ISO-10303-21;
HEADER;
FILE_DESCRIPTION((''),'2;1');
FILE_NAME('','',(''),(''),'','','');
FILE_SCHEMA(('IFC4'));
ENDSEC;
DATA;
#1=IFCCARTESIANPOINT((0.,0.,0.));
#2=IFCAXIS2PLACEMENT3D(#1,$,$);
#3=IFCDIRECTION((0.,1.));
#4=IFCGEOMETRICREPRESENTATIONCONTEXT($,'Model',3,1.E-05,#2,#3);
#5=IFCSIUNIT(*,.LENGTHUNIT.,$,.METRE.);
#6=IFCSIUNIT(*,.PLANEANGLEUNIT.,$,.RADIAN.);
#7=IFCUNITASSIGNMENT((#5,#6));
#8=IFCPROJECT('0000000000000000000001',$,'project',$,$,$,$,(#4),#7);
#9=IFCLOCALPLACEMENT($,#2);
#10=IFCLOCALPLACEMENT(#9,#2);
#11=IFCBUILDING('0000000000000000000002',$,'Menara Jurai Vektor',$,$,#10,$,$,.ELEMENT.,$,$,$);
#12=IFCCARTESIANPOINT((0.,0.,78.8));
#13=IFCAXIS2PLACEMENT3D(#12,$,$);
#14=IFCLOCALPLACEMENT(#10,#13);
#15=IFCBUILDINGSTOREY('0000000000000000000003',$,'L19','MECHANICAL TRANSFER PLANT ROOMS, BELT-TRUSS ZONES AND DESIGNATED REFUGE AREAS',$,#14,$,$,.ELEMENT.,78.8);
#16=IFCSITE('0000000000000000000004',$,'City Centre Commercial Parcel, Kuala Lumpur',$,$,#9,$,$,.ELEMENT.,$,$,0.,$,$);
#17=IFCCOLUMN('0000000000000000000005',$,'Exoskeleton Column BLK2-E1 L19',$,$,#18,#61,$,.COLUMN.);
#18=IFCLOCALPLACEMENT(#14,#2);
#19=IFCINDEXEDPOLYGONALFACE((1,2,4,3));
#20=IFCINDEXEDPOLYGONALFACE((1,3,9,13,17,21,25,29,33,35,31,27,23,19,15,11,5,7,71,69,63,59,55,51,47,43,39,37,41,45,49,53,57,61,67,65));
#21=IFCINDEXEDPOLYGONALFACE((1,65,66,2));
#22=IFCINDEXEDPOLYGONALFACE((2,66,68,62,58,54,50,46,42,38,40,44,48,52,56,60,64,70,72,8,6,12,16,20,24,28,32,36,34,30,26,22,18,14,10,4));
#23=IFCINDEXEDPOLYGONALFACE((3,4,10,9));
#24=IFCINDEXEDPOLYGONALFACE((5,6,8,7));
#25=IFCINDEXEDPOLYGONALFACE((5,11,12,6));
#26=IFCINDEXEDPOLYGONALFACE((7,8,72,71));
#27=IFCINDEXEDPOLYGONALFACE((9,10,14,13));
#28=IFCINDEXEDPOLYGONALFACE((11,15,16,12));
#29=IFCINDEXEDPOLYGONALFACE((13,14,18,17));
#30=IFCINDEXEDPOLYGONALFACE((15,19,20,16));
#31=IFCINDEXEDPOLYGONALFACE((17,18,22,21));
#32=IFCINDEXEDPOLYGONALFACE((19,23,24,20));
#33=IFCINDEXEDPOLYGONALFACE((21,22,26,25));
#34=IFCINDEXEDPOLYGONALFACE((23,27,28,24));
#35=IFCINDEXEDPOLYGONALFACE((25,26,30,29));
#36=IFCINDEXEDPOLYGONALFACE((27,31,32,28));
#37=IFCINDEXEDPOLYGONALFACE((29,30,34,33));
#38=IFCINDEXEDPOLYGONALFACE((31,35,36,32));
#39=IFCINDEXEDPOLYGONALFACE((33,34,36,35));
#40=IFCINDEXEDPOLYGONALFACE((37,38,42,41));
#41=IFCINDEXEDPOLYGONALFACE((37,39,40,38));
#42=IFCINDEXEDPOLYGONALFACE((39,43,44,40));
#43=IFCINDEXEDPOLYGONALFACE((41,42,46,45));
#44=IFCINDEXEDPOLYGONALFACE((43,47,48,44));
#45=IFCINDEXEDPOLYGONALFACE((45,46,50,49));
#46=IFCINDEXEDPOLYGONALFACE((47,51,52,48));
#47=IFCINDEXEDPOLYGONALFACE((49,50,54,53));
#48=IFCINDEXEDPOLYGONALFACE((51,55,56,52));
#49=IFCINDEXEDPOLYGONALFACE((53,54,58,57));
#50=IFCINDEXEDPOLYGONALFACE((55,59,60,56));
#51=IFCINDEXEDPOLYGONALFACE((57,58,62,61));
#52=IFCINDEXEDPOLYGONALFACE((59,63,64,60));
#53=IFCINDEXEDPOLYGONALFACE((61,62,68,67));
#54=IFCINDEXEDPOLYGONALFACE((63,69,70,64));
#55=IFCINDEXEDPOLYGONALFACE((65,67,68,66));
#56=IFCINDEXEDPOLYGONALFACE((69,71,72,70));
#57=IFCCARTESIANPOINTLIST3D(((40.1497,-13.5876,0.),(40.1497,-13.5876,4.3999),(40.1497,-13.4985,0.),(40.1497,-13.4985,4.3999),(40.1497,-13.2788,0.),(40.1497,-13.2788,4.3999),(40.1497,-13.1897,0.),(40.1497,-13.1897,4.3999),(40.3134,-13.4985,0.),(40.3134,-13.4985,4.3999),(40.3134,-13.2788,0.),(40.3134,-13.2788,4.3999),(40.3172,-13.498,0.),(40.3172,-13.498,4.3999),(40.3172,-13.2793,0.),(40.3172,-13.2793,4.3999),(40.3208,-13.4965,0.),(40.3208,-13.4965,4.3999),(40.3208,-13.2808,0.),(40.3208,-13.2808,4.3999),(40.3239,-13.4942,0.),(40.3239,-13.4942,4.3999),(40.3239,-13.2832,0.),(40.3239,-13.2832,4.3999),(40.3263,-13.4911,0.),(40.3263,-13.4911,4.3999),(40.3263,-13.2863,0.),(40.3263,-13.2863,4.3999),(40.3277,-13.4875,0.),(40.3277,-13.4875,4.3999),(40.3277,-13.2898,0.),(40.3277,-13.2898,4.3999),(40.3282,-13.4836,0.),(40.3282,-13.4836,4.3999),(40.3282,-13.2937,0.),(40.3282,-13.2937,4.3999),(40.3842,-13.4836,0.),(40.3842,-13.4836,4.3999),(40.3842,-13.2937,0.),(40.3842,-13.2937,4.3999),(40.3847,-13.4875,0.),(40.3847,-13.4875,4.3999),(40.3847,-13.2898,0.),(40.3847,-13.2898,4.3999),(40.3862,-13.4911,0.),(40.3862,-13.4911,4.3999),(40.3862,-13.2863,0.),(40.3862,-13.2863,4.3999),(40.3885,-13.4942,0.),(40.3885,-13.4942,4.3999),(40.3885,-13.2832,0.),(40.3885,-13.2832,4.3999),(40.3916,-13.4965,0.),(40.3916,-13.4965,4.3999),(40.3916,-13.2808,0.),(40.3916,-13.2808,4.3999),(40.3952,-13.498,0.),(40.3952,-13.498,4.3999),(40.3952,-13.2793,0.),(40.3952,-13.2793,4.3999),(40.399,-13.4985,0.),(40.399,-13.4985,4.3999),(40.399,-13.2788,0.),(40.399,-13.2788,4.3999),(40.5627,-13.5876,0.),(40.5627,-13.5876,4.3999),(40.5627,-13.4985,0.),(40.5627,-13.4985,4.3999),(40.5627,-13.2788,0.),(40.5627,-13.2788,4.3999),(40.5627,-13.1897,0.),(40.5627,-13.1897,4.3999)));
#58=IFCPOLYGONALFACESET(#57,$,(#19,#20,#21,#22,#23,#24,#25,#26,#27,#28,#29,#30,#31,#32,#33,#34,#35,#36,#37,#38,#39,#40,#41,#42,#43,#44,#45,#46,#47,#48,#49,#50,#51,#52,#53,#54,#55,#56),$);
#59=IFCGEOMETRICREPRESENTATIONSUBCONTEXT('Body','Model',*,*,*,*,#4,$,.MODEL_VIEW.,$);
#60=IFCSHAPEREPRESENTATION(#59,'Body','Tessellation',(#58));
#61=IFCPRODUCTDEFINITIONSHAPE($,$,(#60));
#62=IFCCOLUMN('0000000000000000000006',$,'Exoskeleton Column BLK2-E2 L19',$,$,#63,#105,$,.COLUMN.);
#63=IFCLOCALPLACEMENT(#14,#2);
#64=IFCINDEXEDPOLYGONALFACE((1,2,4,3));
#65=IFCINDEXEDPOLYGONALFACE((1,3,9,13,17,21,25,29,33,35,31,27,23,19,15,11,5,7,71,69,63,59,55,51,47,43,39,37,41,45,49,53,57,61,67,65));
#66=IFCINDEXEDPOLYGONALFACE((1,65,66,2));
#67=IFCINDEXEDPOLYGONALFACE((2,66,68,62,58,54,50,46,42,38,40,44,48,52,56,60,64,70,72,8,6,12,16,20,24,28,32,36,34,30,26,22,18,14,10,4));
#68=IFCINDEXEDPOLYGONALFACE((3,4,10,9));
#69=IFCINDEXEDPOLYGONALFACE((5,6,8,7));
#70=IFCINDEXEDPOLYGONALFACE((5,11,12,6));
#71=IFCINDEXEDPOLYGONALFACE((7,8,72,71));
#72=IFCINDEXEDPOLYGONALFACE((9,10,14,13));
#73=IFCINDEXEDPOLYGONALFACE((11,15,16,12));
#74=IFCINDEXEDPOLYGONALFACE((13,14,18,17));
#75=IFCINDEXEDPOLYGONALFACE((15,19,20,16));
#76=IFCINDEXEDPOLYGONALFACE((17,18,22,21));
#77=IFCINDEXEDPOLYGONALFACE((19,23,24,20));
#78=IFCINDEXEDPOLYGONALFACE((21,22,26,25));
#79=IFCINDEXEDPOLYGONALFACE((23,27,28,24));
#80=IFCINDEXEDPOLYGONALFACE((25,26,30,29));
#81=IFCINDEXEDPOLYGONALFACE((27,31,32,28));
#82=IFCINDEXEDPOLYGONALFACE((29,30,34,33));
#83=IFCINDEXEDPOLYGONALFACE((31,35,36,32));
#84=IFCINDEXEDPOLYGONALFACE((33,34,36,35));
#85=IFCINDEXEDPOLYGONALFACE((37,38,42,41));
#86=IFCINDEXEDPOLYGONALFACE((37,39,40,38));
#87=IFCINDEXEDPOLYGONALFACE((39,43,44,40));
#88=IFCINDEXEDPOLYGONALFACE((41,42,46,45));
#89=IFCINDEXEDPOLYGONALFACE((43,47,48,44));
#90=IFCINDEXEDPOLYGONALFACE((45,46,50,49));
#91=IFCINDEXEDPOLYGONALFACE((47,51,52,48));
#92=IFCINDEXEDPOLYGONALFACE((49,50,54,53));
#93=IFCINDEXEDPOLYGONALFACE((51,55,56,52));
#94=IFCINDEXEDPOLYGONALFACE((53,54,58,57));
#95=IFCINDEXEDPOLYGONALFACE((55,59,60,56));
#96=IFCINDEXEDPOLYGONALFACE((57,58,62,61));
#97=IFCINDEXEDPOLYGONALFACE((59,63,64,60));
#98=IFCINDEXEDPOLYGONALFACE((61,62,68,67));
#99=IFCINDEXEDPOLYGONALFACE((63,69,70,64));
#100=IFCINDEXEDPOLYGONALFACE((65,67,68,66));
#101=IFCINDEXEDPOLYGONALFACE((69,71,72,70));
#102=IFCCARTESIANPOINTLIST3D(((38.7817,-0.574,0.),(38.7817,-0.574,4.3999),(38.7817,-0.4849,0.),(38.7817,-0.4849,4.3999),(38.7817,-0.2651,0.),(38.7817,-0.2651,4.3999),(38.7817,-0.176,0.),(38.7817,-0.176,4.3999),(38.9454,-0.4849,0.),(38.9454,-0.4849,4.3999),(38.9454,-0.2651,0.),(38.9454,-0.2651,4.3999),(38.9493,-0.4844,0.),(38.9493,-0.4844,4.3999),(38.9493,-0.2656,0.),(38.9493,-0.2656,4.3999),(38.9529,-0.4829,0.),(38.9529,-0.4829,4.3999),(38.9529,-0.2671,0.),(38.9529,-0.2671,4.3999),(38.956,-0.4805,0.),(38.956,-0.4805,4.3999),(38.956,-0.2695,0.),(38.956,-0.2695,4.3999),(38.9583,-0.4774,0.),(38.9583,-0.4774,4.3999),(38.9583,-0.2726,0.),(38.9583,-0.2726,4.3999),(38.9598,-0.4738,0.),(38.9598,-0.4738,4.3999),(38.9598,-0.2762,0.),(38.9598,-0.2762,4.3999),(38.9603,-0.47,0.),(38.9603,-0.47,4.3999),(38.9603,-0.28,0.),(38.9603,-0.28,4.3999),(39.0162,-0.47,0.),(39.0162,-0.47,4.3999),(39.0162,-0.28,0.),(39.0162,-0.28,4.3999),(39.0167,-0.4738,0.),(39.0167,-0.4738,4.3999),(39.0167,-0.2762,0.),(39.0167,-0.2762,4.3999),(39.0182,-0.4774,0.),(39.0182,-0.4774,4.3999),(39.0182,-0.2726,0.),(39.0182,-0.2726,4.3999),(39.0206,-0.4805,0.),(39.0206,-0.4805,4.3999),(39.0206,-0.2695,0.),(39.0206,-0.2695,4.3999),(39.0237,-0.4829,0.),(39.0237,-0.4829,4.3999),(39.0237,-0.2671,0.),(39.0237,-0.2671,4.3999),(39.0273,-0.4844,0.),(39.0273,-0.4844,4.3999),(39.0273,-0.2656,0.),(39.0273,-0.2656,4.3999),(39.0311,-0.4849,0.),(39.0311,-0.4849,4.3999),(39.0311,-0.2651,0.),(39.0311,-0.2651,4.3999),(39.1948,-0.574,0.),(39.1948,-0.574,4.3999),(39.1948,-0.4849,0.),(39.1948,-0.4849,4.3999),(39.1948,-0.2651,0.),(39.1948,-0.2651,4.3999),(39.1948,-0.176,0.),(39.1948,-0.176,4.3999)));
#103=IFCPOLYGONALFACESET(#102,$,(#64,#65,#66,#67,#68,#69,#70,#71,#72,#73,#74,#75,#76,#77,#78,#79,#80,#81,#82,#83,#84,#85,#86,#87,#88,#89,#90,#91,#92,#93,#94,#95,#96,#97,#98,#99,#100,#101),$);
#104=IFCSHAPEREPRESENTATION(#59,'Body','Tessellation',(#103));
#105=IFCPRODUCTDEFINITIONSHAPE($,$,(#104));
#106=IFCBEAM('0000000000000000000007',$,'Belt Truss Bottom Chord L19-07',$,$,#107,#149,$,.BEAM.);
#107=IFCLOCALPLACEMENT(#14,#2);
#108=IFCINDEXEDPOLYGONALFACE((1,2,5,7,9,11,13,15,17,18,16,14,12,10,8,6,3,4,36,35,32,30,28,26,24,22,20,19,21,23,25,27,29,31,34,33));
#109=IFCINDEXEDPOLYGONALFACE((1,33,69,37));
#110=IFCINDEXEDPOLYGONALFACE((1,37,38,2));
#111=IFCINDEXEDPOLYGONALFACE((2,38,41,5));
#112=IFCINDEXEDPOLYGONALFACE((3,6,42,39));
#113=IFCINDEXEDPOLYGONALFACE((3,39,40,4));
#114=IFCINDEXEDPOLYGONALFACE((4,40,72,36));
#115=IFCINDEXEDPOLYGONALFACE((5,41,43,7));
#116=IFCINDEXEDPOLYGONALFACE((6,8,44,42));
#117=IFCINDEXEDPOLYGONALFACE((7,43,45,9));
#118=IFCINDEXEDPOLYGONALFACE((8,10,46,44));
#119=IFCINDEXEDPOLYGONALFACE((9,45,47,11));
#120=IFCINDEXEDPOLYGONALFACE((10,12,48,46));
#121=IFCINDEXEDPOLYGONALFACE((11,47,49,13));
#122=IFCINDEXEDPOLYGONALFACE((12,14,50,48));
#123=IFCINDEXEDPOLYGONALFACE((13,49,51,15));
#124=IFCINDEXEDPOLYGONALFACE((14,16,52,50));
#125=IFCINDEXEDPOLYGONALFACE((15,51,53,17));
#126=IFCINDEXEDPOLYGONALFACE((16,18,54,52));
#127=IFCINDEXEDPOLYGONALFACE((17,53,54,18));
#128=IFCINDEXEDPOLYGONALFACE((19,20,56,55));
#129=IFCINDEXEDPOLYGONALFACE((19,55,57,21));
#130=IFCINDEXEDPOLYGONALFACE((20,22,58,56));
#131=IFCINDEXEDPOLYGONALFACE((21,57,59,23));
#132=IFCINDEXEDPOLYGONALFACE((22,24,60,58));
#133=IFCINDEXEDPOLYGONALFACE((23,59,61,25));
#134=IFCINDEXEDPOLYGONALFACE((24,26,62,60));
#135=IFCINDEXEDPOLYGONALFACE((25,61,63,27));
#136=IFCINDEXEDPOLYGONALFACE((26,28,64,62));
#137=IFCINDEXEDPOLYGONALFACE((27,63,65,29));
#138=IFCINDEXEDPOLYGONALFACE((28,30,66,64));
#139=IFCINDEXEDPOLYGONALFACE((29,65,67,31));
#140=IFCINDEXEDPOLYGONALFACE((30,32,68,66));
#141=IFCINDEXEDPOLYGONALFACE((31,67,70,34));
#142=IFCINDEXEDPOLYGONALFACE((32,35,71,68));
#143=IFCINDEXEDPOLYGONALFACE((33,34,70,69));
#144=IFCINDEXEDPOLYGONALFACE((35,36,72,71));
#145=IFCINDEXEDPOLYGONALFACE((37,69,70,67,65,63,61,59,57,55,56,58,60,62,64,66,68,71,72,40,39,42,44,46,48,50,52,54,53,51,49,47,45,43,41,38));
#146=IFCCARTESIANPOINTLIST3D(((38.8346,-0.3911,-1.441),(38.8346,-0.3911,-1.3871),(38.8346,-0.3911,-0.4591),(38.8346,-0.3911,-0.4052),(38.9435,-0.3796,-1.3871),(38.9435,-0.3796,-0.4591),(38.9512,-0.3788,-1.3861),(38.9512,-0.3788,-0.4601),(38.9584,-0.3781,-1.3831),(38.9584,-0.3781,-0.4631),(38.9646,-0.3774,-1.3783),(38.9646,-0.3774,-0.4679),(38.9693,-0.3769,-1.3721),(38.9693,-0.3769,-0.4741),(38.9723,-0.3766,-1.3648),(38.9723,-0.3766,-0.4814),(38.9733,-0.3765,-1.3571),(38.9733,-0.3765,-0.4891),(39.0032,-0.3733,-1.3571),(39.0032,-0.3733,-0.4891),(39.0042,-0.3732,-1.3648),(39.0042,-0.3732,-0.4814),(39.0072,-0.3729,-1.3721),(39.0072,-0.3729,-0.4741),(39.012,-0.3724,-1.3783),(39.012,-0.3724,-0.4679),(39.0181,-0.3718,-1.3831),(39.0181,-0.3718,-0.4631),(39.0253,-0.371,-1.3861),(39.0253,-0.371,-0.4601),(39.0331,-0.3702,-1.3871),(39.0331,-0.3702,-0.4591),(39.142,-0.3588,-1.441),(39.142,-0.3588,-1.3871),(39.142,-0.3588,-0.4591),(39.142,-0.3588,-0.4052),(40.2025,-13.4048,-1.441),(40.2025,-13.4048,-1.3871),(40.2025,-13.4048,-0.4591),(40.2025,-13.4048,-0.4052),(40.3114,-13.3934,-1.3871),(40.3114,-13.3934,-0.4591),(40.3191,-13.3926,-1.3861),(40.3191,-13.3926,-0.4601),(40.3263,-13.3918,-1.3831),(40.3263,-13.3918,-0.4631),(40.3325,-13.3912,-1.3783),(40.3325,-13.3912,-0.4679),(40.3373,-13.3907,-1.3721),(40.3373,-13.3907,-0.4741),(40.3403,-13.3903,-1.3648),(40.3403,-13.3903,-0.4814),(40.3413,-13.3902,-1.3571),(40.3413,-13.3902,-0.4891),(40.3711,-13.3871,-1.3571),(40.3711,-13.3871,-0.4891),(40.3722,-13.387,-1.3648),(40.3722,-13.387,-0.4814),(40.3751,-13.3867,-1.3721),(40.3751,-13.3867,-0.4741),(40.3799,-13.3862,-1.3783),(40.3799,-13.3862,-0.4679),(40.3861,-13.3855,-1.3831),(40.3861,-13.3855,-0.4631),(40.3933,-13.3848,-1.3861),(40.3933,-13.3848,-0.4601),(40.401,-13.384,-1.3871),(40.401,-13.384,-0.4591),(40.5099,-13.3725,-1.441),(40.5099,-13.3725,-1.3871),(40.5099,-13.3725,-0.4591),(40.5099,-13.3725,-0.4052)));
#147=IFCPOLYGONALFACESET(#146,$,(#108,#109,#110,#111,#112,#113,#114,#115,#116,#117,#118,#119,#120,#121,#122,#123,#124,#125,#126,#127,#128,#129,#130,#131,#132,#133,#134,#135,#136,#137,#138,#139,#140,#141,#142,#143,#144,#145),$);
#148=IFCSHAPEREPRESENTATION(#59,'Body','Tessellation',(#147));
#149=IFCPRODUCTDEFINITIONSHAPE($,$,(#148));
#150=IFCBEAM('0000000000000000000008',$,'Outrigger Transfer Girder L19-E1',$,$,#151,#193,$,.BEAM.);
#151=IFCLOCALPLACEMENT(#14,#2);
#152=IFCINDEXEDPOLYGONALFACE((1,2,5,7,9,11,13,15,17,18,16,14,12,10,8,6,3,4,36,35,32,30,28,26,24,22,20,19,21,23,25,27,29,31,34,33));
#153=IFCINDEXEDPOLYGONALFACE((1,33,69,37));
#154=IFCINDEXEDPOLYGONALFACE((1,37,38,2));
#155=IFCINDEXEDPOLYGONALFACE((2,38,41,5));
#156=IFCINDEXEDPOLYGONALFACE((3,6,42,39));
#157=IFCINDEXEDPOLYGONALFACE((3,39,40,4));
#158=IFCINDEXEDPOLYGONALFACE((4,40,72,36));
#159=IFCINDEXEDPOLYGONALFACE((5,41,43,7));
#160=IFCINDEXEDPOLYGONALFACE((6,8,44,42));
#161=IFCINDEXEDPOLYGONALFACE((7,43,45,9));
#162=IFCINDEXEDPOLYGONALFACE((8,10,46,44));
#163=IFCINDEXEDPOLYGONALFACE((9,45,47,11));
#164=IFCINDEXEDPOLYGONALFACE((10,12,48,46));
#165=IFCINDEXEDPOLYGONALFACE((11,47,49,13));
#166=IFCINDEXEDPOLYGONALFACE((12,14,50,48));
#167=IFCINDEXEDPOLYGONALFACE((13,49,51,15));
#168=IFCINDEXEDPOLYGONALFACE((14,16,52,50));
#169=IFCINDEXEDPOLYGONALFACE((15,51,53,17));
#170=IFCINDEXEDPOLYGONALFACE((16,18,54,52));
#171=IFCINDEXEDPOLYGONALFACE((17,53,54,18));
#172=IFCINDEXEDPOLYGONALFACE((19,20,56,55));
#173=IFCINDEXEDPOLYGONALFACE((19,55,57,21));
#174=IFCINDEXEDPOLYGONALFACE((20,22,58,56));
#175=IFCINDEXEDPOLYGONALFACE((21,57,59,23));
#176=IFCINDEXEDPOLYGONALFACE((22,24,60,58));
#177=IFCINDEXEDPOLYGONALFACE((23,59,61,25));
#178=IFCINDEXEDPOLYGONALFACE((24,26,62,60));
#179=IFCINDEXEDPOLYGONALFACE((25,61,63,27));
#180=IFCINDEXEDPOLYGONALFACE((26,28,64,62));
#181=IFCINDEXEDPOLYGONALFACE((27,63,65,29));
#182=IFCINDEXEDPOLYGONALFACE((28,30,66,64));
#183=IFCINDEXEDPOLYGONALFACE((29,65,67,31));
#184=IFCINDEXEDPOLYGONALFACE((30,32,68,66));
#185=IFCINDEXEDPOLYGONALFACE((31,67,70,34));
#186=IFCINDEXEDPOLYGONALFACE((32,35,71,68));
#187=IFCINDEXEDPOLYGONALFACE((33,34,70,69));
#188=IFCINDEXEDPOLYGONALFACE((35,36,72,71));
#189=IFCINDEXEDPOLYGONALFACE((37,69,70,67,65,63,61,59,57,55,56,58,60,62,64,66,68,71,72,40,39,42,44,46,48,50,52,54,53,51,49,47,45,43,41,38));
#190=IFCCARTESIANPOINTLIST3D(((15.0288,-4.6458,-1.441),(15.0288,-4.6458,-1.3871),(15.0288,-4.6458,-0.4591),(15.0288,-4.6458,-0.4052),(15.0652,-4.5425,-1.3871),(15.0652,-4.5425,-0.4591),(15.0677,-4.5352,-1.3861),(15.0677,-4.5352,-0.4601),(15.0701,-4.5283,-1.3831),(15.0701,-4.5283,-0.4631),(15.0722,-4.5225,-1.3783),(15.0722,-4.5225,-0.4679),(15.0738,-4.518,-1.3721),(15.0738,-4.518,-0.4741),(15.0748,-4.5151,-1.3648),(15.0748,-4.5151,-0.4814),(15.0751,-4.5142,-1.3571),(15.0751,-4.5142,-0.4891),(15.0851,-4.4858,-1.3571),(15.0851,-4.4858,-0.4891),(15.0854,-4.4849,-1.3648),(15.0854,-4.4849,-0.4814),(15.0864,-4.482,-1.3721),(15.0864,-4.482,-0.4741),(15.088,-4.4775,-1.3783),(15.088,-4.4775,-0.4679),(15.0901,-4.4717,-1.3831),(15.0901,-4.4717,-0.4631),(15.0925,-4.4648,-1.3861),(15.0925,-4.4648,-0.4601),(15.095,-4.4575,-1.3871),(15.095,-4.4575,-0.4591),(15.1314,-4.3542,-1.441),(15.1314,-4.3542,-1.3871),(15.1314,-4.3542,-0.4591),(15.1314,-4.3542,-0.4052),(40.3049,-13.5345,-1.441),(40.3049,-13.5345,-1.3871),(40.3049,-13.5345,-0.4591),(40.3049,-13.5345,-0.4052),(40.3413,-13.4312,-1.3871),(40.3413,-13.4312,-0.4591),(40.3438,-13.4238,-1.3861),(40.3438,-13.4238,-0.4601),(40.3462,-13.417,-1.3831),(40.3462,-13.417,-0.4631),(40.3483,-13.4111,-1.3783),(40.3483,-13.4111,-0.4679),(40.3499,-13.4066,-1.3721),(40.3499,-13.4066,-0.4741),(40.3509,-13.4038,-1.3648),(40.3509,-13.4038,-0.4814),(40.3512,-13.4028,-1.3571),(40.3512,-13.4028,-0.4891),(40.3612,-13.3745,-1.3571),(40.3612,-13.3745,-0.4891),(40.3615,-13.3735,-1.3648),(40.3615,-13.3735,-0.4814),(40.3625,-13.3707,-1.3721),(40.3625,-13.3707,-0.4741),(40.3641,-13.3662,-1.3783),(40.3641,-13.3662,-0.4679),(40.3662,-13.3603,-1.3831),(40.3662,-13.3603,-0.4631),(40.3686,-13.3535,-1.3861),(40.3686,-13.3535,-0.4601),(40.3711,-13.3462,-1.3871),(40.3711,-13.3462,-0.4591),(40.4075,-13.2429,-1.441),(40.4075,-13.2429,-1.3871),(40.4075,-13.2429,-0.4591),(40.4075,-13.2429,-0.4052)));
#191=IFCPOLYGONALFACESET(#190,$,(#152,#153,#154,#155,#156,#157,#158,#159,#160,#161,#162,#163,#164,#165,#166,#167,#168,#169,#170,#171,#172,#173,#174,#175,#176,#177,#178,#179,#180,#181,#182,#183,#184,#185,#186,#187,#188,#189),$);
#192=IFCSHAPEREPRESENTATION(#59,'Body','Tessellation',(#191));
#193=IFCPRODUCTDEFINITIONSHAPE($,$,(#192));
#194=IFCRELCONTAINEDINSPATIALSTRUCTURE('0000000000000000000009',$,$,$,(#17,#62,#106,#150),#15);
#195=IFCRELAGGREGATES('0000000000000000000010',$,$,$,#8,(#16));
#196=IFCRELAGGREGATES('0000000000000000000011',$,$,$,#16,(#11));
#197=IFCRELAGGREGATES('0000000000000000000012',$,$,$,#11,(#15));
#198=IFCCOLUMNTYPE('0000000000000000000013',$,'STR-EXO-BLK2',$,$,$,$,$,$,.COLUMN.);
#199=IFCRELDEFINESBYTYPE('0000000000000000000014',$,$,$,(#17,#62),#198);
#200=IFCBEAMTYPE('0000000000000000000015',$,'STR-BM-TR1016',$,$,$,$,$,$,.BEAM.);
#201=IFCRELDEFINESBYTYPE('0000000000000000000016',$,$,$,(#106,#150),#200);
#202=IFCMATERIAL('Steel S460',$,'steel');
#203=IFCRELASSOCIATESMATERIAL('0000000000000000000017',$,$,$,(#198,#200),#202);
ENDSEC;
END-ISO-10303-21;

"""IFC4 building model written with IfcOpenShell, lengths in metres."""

from ifc_helpers import new_model, si_unit, direction, frame, origin, origin_2d, place, context, subcontext, project, spatial, i_section, extrude, material, material_profile, profile_set, type_object, element, save


model = new_model("IFC4")

# Units and contexts
model_context = context("Model", 3, precision=1e-05, world=origin(), true_north=direction((0.0, 1.0)))
body_context = subcontext(model_context, "Body", "Model", "MODEL_VIEW")
ifc_project = project(units=[si_unit("LENGTHUNIT", "METRE"), si_unit("PLANEANGLEUNIT", "RADIAN")], contexts=[model_context])

# Site, building, storey
site_placement = place(None, origin())
site = spatial("IfcSite", under=ifc_project, at=site_placement, Name="City Centre Commercial Parcel, Kuala Lumpur", CompositionType="ELEMENT", RefElevation=0.0)
building_placement = place(site_placement, origin())
building = spatial("IfcBuilding", under=site, at=building_placement, Name="Menara Jurai Vektor", CompositionType="ELEMENT")
storey_placement = place(building_placement, frame((0.0, 0.0, 78.8)))
storey = spatial("IfcBuildingStorey", under=building, at=storey_placement, Name="L19", Description="MECHANICAL TRANSFER PLANT ROOMS, BELT-TRUSS ZONES AND DESIGNATED REFUGE AREAS", CompositionType="ELEMENT", Elevation=78.8)

# Columns
ifc_material_1 = material(Name="Steel S460", Category="steel")
ifc_material_profile_1 = material_profile(ifc_material_1, i_section(OverallWidth=0.4131, OverallDepth=0.3979, WebThickness=0.0559, FlangeThickness=0.0891, FilletRadius=0.0149, at=origin_2d()), Name="HD 400x744")
ifc_profile_set_1 = profile_set([ifc_material_profile_1], Name="Steel S460")
column_type = type_object("IfcColumnType", Name="STR-EXO-BLK2", PredefinedType="COLUMN", material=ifc_profile_set_1)
for number, where, z_axis, x_axis, name in (
    (1, (40.3562, -13.3887, 0.0), (0.0, 0.0, 1.0), (1.0, 0.0, 0.0), "Exoskeleton Column BLK2-E1 L19"),
    (2, (38.9883, -0.375, 0.0), (0.0, 0.0, 1.0), (1.0, 0.0, 0.0), "Exoskeleton Column BLK2-E2 L19"),
):
    element("IfcColumn", number, at=place(storey_placement, frame(where, z_axis=z_axis, x_axis=x_axis)), inside=storey, type_object=column_type, Name=name, PredefinedType="COLUMN", context=body_context, shape_type="SweptSolid", body=[
        extrude(i_section(OverallWidth=0.4131, OverallDepth=0.3979, WebThickness=0.0559, FlangeThickness=0.0891, FilletRadius=0.0149, at=origin_2d()), origin(), (0.0, 0.0, 1.0), 4.3999),
    ])

# Beams
ifc_material_profile_2 = material_profile(ifc_material_1, i_section(OverallWidth=0.3091, OverallDepth=1.0359, WebThickness=0.03, FlangeThickness=0.054, FilletRadius=0.03, at=origin_2d()), Name="UKB 1016x305x487")
ifc_profile_set_2 = profile_set([ifc_material_profile_2], Name="Steel S460")
beam_type_1 = type_object("IfcBeamType", Name="STR-BM-TR1016", PredefinedType="BEAM", material=ifc_profile_set_2)
beam_1_placement = place(storey_placement, frame((40.3562, -13.3887, -0.9231), z_axis=(-0.104538, 0.994521, 0.0), x_axis=(-0.994521, -0.104538, 0.0)))
element("IfcBeam", 3, at=beam_1_placement, inside=storey, type_object=beam_type_1, Name="Belt Truss Bottom Chord L19-07", PredefinedType="BEAM", context=body_context, shape_type="SweptSolid", body=[
    extrude(i_section(OverallWidth=0.3091, OverallDepth=1.0359, WebThickness=0.03, FlangeThickness=0.054, FilletRadius=0.03, at=origin_2d()), origin(), (0.0, 0.0, 1.0), 13.0854),
])
beam_2_placement = place(storey_placement, frame((40.3562, -13.3887, -0.9231), z_axis=(-0.943368, 0.331747, 0.0), x_axis=(-0.331747, -0.943368, 0.0)))
element("IfcBeam", 4, at=beam_2_placement, inside=storey, type_object=beam_type_1, Name="Outrigger Transfer Girder L19-E1", PredefinedType="BEAM", context=body_context, shape_type="SweptSolid", body=[
    extrude(i_section(OverallWidth=0.3091, OverallDepth=1.0359, WebThickness=0.03, FlangeThickness=0.054, FilletRadius=0.03, at=origin_2d()), origin(), (0.0, 0.0, 1.0), 26.7935),
])

save(model, "model.ifc")
